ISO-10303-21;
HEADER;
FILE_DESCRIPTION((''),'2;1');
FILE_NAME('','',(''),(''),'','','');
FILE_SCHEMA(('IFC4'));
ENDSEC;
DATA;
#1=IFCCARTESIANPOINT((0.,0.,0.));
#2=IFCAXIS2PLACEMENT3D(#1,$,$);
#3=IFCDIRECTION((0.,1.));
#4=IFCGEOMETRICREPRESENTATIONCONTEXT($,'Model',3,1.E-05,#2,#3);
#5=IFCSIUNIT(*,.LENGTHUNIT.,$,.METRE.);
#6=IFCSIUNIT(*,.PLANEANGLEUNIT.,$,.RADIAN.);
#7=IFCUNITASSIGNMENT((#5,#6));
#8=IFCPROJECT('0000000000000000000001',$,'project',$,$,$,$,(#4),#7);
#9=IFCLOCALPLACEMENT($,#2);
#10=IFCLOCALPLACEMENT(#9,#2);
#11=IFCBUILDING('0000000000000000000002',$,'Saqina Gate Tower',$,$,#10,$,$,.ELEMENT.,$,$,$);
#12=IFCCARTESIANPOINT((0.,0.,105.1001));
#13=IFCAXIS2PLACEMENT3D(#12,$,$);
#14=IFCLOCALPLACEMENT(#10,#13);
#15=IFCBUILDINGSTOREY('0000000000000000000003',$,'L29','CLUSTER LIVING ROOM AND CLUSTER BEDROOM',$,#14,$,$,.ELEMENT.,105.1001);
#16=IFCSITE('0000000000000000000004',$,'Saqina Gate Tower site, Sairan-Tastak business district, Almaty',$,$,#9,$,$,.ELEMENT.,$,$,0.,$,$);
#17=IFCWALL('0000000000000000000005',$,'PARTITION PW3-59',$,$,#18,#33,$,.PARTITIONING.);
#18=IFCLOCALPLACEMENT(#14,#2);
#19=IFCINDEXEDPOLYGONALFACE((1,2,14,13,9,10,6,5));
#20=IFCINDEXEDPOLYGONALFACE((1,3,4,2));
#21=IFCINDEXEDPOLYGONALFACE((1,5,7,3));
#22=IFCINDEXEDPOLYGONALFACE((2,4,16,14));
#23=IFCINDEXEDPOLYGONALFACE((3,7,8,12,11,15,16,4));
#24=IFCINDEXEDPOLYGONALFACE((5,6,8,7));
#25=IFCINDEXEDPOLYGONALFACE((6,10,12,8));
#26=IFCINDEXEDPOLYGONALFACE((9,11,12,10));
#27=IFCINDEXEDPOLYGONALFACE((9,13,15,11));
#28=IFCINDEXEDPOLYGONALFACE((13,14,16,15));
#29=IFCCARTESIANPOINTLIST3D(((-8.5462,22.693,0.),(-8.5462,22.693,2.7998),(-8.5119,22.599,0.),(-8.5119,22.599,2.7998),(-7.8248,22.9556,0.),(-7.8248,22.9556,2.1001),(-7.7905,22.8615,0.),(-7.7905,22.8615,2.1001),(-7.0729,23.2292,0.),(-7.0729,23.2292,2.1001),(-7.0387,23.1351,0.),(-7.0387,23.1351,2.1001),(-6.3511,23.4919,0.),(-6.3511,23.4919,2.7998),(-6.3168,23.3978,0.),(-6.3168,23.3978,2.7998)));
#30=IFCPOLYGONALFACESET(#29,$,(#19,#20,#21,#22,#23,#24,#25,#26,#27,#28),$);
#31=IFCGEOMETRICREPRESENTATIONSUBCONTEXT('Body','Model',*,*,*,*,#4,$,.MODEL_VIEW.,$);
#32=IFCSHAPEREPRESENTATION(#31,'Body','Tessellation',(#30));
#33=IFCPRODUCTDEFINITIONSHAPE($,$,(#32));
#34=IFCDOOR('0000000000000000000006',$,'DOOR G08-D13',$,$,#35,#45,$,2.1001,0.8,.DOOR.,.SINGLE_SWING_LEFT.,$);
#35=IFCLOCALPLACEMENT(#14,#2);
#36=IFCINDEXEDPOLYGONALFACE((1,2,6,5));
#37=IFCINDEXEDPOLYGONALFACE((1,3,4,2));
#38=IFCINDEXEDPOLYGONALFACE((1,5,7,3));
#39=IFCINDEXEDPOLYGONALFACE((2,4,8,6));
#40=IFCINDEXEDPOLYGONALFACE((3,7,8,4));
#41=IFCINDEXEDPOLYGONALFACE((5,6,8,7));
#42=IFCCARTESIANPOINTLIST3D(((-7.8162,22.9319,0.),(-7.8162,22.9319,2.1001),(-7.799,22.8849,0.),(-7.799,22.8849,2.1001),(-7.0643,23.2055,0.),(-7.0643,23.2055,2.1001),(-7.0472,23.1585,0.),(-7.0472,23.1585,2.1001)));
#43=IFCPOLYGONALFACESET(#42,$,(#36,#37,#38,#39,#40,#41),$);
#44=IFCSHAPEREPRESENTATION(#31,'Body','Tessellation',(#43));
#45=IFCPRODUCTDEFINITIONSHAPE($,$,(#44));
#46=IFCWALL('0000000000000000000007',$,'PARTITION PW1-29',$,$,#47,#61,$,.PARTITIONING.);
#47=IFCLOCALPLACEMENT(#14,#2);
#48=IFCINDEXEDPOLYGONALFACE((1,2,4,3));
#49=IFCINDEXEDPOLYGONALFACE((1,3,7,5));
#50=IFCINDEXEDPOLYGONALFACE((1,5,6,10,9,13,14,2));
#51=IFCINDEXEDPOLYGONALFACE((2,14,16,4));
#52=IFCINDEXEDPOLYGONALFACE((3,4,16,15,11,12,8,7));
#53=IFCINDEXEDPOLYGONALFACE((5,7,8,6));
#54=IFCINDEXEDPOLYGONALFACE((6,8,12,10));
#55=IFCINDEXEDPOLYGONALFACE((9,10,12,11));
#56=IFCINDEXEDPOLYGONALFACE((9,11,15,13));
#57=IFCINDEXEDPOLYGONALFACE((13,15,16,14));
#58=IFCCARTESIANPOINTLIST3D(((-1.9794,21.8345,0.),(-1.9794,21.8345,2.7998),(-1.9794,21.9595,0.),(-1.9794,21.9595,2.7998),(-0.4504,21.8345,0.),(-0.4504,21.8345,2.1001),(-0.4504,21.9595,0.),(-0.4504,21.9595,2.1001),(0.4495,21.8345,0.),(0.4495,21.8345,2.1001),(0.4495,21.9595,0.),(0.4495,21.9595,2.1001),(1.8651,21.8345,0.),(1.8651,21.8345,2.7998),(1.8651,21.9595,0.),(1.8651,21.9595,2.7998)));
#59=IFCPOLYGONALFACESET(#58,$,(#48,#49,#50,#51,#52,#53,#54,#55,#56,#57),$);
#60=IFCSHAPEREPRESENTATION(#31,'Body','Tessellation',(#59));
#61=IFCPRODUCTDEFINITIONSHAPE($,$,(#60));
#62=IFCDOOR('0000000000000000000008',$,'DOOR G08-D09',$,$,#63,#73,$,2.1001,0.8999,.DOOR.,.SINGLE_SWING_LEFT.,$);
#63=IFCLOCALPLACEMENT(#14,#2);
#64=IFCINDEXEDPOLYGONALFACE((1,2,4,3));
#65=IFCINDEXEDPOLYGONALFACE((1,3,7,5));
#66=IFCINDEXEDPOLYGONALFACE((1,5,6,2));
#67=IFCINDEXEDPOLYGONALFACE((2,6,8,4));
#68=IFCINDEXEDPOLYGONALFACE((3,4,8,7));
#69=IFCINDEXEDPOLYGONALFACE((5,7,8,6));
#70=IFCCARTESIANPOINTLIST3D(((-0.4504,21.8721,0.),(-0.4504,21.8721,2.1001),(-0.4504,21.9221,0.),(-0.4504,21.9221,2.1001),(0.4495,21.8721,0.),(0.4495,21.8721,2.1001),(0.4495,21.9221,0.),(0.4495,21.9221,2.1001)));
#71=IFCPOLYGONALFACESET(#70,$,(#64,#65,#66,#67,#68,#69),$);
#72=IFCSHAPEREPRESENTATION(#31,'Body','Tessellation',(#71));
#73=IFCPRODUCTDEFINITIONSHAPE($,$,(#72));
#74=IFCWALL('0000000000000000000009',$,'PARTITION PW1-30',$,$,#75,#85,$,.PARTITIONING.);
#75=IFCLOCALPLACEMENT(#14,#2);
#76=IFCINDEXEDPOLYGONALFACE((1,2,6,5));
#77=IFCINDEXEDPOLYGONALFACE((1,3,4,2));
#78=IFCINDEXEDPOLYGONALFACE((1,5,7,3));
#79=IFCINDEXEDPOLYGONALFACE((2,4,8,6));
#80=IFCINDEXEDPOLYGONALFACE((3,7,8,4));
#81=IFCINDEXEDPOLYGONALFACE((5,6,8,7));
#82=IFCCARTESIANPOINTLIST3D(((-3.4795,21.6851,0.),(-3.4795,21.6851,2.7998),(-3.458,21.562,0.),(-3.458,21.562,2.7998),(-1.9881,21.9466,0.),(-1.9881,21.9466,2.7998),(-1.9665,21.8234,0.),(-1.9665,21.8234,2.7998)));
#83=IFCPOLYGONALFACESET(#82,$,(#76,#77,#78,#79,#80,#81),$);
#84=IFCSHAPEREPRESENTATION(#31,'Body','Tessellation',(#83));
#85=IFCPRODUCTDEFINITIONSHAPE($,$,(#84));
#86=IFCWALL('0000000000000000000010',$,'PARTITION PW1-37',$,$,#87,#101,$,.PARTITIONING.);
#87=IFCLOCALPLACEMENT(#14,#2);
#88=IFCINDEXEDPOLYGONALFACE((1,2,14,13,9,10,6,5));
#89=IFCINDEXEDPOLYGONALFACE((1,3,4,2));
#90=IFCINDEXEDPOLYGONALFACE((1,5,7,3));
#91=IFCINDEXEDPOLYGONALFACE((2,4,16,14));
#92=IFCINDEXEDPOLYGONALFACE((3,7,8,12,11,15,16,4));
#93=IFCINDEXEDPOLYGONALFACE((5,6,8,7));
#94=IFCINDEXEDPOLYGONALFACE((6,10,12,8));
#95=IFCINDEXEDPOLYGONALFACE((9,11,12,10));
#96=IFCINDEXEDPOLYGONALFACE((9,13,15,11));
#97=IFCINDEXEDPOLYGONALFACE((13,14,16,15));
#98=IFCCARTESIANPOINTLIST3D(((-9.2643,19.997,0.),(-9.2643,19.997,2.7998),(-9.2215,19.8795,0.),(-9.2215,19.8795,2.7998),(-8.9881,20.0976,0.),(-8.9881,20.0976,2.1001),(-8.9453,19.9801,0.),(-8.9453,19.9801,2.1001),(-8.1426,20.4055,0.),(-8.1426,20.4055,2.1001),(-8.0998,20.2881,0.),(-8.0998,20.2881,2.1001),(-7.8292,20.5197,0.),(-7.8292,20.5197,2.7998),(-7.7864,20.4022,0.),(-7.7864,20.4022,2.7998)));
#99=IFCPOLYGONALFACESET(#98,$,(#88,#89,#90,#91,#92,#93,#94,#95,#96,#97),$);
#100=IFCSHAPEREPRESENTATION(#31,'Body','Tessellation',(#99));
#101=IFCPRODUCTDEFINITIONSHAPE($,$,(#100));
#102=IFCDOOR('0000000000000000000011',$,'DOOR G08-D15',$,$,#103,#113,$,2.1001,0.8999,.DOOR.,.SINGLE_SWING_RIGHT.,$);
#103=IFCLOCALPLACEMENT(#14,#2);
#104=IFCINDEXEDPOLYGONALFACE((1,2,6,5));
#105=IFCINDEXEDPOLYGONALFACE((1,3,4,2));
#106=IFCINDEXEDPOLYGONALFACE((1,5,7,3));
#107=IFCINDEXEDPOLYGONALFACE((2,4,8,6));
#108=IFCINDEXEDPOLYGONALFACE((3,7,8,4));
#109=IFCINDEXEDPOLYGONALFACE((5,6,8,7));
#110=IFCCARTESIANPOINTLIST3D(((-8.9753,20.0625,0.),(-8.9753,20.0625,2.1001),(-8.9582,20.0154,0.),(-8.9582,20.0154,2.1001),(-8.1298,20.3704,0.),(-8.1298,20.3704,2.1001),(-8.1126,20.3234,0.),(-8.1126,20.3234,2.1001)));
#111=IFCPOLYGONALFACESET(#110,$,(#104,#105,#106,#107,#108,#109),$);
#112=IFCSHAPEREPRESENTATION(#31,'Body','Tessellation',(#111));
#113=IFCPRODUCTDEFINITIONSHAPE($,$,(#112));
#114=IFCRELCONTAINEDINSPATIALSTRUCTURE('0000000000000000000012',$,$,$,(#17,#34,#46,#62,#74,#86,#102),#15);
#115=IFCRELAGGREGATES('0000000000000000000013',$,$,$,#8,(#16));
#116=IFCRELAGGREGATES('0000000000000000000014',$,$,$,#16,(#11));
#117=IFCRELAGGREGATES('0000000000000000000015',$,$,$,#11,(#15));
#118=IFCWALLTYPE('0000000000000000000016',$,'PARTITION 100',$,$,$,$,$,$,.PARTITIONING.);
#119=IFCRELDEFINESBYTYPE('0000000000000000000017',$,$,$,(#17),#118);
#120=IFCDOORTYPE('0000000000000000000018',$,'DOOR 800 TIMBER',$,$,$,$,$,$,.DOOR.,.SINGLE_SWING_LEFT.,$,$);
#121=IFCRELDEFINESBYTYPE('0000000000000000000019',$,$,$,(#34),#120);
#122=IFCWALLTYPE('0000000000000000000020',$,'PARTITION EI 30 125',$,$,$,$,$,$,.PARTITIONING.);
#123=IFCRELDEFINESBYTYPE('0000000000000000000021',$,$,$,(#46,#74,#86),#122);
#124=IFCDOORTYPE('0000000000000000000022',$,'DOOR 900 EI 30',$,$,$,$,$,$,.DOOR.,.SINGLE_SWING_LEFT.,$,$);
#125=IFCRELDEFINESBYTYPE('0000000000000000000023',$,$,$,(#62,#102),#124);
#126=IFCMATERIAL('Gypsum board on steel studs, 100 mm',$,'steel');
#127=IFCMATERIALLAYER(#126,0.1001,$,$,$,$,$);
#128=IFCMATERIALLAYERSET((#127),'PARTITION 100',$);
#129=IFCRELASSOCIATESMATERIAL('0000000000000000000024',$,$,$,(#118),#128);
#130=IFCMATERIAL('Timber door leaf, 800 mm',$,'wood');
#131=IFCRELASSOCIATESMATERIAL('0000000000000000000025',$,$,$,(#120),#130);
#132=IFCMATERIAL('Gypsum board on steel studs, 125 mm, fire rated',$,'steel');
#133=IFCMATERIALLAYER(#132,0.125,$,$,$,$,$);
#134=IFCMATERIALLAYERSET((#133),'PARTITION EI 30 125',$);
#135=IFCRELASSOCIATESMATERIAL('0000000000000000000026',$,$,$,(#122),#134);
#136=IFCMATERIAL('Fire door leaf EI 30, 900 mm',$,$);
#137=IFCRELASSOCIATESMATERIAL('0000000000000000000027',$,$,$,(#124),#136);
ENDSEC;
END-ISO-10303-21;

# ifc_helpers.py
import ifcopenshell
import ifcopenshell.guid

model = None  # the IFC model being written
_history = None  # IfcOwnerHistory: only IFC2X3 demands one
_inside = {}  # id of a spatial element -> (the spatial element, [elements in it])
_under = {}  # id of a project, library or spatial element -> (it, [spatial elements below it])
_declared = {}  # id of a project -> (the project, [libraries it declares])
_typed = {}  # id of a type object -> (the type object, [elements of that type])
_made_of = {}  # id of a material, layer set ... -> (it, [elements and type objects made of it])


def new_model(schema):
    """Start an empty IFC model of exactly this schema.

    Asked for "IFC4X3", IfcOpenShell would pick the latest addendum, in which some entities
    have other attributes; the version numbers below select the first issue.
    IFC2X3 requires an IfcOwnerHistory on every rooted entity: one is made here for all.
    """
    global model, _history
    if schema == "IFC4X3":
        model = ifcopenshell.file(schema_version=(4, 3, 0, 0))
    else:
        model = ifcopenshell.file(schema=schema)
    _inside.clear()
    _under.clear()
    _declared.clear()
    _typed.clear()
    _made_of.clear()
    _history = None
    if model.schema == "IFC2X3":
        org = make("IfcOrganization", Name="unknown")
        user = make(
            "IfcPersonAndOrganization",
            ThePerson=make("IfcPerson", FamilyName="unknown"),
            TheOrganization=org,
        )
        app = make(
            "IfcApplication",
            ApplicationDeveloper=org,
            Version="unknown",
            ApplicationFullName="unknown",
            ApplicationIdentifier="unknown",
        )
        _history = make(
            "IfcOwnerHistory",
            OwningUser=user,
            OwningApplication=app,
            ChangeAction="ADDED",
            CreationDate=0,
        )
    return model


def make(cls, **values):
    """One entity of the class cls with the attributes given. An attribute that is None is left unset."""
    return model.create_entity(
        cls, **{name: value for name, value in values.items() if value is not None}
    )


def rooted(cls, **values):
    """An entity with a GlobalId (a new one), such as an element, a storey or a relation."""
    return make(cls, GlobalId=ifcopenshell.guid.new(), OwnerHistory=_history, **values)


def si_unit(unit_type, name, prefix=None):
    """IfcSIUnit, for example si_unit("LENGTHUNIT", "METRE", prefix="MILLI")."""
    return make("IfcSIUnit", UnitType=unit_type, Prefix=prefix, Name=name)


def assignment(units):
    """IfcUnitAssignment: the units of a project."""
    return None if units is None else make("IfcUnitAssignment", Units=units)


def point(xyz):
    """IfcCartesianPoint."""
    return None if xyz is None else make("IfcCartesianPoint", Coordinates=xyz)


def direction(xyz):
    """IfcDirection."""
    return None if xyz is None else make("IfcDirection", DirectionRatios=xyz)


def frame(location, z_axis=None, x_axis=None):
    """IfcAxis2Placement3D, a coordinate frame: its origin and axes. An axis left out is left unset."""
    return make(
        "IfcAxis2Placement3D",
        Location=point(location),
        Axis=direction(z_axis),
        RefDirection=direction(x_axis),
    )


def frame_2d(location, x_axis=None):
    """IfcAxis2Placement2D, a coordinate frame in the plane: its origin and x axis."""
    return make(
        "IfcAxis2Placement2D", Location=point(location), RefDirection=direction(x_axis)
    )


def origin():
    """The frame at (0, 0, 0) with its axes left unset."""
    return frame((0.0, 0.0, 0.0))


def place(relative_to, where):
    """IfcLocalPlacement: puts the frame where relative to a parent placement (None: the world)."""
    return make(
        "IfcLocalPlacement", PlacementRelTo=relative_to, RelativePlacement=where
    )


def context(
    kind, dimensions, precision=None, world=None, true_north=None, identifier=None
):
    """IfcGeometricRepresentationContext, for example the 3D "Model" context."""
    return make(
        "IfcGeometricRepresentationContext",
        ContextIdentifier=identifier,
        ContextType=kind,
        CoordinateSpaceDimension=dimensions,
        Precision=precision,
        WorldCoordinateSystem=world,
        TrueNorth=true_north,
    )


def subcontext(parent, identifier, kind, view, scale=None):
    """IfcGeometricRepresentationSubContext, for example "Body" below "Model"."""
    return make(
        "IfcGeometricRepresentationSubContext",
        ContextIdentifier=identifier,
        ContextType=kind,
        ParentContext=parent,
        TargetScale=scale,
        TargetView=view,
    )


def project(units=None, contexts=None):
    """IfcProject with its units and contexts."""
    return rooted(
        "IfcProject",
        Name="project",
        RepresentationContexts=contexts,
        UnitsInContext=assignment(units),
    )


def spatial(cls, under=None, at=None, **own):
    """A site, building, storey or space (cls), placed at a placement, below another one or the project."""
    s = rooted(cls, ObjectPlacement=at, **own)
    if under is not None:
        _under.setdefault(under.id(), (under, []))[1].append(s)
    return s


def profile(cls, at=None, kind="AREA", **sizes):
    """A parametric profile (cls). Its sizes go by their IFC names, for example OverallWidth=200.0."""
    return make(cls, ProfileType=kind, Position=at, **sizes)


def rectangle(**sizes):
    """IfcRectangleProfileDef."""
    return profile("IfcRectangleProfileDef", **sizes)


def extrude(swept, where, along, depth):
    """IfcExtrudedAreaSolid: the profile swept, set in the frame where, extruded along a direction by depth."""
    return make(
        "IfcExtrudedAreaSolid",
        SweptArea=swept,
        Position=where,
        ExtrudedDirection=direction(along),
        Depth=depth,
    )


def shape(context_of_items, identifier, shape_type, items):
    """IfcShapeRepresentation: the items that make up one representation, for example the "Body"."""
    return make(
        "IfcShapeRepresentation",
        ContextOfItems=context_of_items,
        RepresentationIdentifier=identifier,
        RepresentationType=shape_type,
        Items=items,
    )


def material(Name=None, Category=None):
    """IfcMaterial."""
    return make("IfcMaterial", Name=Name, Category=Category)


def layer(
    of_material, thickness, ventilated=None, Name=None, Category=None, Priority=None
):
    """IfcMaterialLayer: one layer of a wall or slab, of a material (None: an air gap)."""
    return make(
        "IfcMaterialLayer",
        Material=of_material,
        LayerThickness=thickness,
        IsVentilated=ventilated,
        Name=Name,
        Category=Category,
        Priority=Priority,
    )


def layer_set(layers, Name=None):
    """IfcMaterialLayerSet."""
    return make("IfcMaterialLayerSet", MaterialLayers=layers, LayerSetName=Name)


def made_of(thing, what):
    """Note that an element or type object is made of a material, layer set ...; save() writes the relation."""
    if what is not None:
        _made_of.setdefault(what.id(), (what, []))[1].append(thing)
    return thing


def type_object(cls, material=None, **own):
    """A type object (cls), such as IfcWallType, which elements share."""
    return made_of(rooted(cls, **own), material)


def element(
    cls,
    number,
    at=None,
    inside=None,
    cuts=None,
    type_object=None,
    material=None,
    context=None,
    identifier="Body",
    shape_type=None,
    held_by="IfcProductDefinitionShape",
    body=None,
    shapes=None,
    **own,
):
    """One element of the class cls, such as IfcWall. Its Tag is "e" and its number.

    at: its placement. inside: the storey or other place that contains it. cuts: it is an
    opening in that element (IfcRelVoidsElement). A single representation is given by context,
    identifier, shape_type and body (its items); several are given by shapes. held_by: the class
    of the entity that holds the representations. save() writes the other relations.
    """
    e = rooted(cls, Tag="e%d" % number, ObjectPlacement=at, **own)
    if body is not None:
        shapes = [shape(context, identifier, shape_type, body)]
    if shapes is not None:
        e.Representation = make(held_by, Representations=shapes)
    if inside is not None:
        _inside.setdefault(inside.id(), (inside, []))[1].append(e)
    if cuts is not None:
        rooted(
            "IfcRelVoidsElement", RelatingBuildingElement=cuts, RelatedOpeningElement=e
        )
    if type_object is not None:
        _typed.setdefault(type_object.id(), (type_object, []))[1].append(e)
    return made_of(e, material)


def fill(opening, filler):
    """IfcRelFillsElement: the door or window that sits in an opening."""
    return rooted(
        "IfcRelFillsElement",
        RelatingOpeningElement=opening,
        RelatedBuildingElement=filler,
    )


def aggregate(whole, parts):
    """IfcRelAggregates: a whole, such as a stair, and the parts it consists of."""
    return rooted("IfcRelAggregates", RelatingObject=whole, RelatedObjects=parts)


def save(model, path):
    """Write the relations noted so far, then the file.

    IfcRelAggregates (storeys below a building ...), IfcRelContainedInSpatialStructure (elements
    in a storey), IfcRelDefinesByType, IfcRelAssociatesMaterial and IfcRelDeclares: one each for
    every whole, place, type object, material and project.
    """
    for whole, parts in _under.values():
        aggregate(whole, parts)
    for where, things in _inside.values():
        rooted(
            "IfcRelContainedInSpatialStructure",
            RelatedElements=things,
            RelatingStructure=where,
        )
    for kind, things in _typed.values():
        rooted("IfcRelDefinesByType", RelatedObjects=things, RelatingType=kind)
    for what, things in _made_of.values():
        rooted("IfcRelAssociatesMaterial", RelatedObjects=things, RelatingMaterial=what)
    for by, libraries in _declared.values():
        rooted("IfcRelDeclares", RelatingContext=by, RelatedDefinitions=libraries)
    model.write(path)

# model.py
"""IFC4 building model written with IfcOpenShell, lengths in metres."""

from ifc_helpers import new_model, si_unit, direction, frame, frame_2d, origin, place, context, subcontext, project, spatial, rectangle, extrude, material, layer, layer_set, type_object, element, fill, save


model = new_model("IFC4")

# Units and contexts
model_context = context("Model", 3, precision=1e-05, world=origin(), true_north=direction((0.0, 1.0)))
body_context = subcontext(model_context, "Body", "Model", "MODEL_VIEW")
ifc_project = project(units=[si_unit("LENGTHUNIT", "METRE"), si_unit("PLANEANGLEUNIT", "RADIAN")], contexts=[model_context])

# Site, building, storey
site_placement = place(None, origin())
site = spatial("IfcSite", under=ifc_project, at=site_placement, Name="Saqina Gate Tower site, Sairan-Tastak business district, Almaty", CompositionType="ELEMENT", RefElevation=0.0)
building_placement = place(site_placement, origin())
building = spatial("IfcBuilding", under=site, at=building_placement, Name="Saqina Gate Tower", CompositionType="ELEMENT")
storey_placement = place(building_placement, frame((0.0, 0.0, 105.1001)))
storey = spatial("IfcBuildingStorey", under=building, at=storey_placement, Name="L29", Description="CLUSTER LIVING ROOM AND CLUSTER BEDROOM", CompositionType="ELEMENT", Elevation=105.1001)

# Shared definitions
ifc_material_1 = material(Name="Gypsum board on steel studs, 100 mm", Category="steel")
ifc_layer_1 = layer(ifc_material_1, 0.1001)
ifc_layer_set_1 = layer_set([ifc_layer_1], Name="PARTITION 100")
wall_type_1 = type_object("IfcWallType", Name="PARTITION 100", PredefinedType="PARTITIONING", material=ifc_layer_set_1)

# Shared definitions
ifc_material_2 = material(Name="Timber door leaf, 800 mm", Category="wood")
door_type_1 = type_object("IfcDoorType", Name="DOOR 800 TIMBER", OperationType="SINGLE_SWING_LEFT", PredefinedType="DOOR", material=ifc_material_2)

# Walls, openings, doors
wall_1_placement = place(storey_placement, frame((-8.5291, 22.646, 0.0), z_axis=(0.0, 0.0, 1.0), x_axis=(0.939708, 0.341978, 0.0)))
wall_1 = element("IfcWall", 1, at=wall_1_placement, inside=storey, type_object=wall_type_1, Name="PARTITION PW3-59", PredefinedType="PARTITIONING", context=body_context, shape_type="SweptSolid", body=[
    extrude(rectangle(XDim=2.3359, YDim=0.1001, at=frame_2d((1.168, 0.0))), origin(), (0.0, 0.0, 1.0), 2.7998),
])
opening_1_placement = place(wall_1_placement, frame((0.7678, 0.0, 0.0)))
opening_1 = element("IfcOpeningElement", 2, at=opening_1_placement, cuts=wall_1, PredefinedType="OPENING", context=body_context, shape_type="SweptSolid", body=[
    extrude(rectangle(XDim=0.8, YDim=2.1001, at=frame_2d((0.3999, 1.05))), frame((0.0, 0.062, 0.0), z_axis=(0.0, -1.0, 0.0), x_axis=(1.0, 0.0, 0.0)), (0.0, 0.0, 1.0), 0.124),
])
door_1_placement = place(opening_1_placement, origin())
door_1 = element("IfcDoor", 3, at=door_1_placement, inside=storey, type_object=door_type_1, Name="DOOR G08-D13", OperationType="SINGLE_SWING_LEFT", OverallHeight=2.1001, OverallWidth=0.8, PredefinedType="DOOR", context=body_context, shape_type="SweptSolid", body=[
    extrude(rectangle(XDim=0.8, YDim=2.1001, at=frame_2d((0.3999, 1.05))), frame((0.0, 0.0249, 0.0), z_axis=(0.0, -1.0, 0.0), x_axis=(1.0, 0.0, 0.0)), (0.0, 0.0, 1.0), 0.05),
])
fill(opening_1, door_1)
ifc_material_3 = material(Name="Gypsum board on steel studs, 125 mm, fire rated", Category="steel")
ifc_layer_2 = layer(ifc_material_3, 0.125)
ifc_layer_set_2 = layer_set([ifc_layer_2], Name="PARTITION EI 30 125")
wall_type_2 = type_object("IfcWallType", Name="PARTITION EI 30 125", PredefinedType="PARTITIONING", material=ifc_layer_set_2)
wall_2_placement = place(storey_placement, frame((-1.9795, 21.897, 0.0), z_axis=(0.0, 0.0, 1.0), x_axis=(1.0, 0.0, 0.0)))
wall_2 = element("IfcWall", 4, at=wall_2_placement, inside=storey, type_object=wall_type_2, Name="PARTITION PW1-29", PredefinedType="PARTITIONING", context=body_context, shape_type="SweptSolid", body=[
    extrude(rectangle(XDim=3.8445, YDim=0.125, at=frame_2d((1.9224, 0.0))), origin(), (0.0, 0.0, 1.0), 2.7998),
])
opening_2_placement = place(wall_2_placement, frame((1.5291, 0.0, 0.0)))
opening_2 = element("IfcOpeningElement", 5, at=opening_2_placement, cuts=wall_2, PredefinedType="OPENING", context=body_context, shape_type="SweptSolid", body=[
    extrude(rectangle(XDim=0.8999, YDim=2.1001, at=frame_2d((0.45, 1.05))), frame((0.0, 0.0745, 0.0), z_axis=(0.0, -1.0, 0.0), x_axis=(1.0, 0.0, 0.0)), (0.0, 0.0, 1.0), 0.1489),
])
ifc_material_4 = material(Name="Fire door leaf EI 30, 900 mm")
door_type_2 = type_object("IfcDoorType", Name="DOOR 900 EI 30", OperationType="SINGLE_SWING_LEFT", PredefinedType="DOOR", material=ifc_material_4)
door_2_placement = place(opening_2_placement, frame((0.8999, 0.0, 0.0), z_axis=(0.0, 0.0, 1.0), x_axis=(-1.0, 0.0, 0.0)))
door_2 = element("IfcDoor", 6, at=door_2_placement, inside=storey, type_object=door_type_2, Name="DOOR G08-D09", OperationType="SINGLE_SWING_LEFT", OverallHeight=2.1001, OverallWidth=0.8999, PredefinedType="DOOR", context=body_context, shape_type="SweptSolid", body=[
    extrude(rectangle(XDim=0.8999, YDim=2.1001, at=frame_2d((0.45, 1.05))), frame((0.0, 0.0249, 0.0), z_axis=(0.0, -1.0, 0.0), x_axis=(1.0, 0.0, 0.0)), (0.0, 0.0, 1.0), 0.05),
])
fill(opening_2, door_2)

# Wall
wall_3_placement = place(storey_placement, frame((-3.4688, 21.6235, 0.0), z_axis=(0.0, 0.0, 1.0), x_axis=(0.984978, 0.172681, 0.0)))
element("IfcWall", 7, at=wall_3_placement, inside=storey, type_object=wall_type_2, Name="PARTITION PW1-30", PredefinedType="PARTITIONING", context=body_context, shape_type="SweptSolid", body=[
    extrude(rectangle(XDim=1.5142, YDim=0.125, at=frame_2d((0.7571, 0.0))), origin(), (0.0, 0.0, 1.0), 2.7998),
])

# Wall, opening, door
wall_4_placement = place(storey_placement, frame((-9.2429, 19.9382, 0.0), z_axis=(0.0, 0.0, 1.0), x_axis=(0.939611, 0.342244, 0.0)))
wall_4 = element("IfcWall", 8, at=wall_4_placement, inside=storey, type_object=wall_type_2, Name="PARTITION PW1-37", PredefinedType="PARTITIONING", context=body_context, shape_type="SweptSolid", body=[
    extrude(rectangle(XDim=1.5273, YDim=0.125, at=frame_2d((0.7637, 0.0))), origin(), (0.0, 0.0, 1.0), 2.7998),
])
opening_3_placement = place(wall_4_placement, frame((0.2939, 0.0, 0.0)))
opening_3 = element("IfcOpeningElement", 9, at=opening_3_placement, cuts=wall_4, PredefinedType="OPENING", context=body_context, shape_type="SweptSolid", body=[
    extrude(rectangle(XDim=0.8999, YDim=2.1001, at=frame_2d((0.45, 1.05))), frame((0.0, 0.0745, 0.0), z_axis=(0.0, -1.0, 0.0), x_axis=(1.0, 0.0, 0.0)), (0.0, 0.0, 1.0), 0.1489),
])
door_3_placement = place(opening_3_placement, frame((0.8999, 0.0, 0.0), z_axis=(0.0, 0.0, 1.0), x_axis=(-1.0, 0.0, 0.0)))
door_3 = element("IfcDoor", 10, at=door_3_placement, inside=storey, type_object=door_type_2, Name="DOOR G08-D15", OperationType="SINGLE_SWING_RIGHT", OverallHeight=2.1001, OverallWidth=0.8999, PredefinedType="DOOR", context=body_context, shape_type="SweptSolid", body=[
    extrude(rectangle(XDim=0.8999, YDim=2.1001, at=frame_2d((0.45, 1.05))), frame((0.0, 0.0249, 0.0), z_axis=(0.0, -1.0, 0.0), x_axis=(1.0, 0.0, 0.0)), (0.0, 0.0, 1.0), 0.05),
])
fill(opening_3, door_3)

save(model, "model.ifc")
